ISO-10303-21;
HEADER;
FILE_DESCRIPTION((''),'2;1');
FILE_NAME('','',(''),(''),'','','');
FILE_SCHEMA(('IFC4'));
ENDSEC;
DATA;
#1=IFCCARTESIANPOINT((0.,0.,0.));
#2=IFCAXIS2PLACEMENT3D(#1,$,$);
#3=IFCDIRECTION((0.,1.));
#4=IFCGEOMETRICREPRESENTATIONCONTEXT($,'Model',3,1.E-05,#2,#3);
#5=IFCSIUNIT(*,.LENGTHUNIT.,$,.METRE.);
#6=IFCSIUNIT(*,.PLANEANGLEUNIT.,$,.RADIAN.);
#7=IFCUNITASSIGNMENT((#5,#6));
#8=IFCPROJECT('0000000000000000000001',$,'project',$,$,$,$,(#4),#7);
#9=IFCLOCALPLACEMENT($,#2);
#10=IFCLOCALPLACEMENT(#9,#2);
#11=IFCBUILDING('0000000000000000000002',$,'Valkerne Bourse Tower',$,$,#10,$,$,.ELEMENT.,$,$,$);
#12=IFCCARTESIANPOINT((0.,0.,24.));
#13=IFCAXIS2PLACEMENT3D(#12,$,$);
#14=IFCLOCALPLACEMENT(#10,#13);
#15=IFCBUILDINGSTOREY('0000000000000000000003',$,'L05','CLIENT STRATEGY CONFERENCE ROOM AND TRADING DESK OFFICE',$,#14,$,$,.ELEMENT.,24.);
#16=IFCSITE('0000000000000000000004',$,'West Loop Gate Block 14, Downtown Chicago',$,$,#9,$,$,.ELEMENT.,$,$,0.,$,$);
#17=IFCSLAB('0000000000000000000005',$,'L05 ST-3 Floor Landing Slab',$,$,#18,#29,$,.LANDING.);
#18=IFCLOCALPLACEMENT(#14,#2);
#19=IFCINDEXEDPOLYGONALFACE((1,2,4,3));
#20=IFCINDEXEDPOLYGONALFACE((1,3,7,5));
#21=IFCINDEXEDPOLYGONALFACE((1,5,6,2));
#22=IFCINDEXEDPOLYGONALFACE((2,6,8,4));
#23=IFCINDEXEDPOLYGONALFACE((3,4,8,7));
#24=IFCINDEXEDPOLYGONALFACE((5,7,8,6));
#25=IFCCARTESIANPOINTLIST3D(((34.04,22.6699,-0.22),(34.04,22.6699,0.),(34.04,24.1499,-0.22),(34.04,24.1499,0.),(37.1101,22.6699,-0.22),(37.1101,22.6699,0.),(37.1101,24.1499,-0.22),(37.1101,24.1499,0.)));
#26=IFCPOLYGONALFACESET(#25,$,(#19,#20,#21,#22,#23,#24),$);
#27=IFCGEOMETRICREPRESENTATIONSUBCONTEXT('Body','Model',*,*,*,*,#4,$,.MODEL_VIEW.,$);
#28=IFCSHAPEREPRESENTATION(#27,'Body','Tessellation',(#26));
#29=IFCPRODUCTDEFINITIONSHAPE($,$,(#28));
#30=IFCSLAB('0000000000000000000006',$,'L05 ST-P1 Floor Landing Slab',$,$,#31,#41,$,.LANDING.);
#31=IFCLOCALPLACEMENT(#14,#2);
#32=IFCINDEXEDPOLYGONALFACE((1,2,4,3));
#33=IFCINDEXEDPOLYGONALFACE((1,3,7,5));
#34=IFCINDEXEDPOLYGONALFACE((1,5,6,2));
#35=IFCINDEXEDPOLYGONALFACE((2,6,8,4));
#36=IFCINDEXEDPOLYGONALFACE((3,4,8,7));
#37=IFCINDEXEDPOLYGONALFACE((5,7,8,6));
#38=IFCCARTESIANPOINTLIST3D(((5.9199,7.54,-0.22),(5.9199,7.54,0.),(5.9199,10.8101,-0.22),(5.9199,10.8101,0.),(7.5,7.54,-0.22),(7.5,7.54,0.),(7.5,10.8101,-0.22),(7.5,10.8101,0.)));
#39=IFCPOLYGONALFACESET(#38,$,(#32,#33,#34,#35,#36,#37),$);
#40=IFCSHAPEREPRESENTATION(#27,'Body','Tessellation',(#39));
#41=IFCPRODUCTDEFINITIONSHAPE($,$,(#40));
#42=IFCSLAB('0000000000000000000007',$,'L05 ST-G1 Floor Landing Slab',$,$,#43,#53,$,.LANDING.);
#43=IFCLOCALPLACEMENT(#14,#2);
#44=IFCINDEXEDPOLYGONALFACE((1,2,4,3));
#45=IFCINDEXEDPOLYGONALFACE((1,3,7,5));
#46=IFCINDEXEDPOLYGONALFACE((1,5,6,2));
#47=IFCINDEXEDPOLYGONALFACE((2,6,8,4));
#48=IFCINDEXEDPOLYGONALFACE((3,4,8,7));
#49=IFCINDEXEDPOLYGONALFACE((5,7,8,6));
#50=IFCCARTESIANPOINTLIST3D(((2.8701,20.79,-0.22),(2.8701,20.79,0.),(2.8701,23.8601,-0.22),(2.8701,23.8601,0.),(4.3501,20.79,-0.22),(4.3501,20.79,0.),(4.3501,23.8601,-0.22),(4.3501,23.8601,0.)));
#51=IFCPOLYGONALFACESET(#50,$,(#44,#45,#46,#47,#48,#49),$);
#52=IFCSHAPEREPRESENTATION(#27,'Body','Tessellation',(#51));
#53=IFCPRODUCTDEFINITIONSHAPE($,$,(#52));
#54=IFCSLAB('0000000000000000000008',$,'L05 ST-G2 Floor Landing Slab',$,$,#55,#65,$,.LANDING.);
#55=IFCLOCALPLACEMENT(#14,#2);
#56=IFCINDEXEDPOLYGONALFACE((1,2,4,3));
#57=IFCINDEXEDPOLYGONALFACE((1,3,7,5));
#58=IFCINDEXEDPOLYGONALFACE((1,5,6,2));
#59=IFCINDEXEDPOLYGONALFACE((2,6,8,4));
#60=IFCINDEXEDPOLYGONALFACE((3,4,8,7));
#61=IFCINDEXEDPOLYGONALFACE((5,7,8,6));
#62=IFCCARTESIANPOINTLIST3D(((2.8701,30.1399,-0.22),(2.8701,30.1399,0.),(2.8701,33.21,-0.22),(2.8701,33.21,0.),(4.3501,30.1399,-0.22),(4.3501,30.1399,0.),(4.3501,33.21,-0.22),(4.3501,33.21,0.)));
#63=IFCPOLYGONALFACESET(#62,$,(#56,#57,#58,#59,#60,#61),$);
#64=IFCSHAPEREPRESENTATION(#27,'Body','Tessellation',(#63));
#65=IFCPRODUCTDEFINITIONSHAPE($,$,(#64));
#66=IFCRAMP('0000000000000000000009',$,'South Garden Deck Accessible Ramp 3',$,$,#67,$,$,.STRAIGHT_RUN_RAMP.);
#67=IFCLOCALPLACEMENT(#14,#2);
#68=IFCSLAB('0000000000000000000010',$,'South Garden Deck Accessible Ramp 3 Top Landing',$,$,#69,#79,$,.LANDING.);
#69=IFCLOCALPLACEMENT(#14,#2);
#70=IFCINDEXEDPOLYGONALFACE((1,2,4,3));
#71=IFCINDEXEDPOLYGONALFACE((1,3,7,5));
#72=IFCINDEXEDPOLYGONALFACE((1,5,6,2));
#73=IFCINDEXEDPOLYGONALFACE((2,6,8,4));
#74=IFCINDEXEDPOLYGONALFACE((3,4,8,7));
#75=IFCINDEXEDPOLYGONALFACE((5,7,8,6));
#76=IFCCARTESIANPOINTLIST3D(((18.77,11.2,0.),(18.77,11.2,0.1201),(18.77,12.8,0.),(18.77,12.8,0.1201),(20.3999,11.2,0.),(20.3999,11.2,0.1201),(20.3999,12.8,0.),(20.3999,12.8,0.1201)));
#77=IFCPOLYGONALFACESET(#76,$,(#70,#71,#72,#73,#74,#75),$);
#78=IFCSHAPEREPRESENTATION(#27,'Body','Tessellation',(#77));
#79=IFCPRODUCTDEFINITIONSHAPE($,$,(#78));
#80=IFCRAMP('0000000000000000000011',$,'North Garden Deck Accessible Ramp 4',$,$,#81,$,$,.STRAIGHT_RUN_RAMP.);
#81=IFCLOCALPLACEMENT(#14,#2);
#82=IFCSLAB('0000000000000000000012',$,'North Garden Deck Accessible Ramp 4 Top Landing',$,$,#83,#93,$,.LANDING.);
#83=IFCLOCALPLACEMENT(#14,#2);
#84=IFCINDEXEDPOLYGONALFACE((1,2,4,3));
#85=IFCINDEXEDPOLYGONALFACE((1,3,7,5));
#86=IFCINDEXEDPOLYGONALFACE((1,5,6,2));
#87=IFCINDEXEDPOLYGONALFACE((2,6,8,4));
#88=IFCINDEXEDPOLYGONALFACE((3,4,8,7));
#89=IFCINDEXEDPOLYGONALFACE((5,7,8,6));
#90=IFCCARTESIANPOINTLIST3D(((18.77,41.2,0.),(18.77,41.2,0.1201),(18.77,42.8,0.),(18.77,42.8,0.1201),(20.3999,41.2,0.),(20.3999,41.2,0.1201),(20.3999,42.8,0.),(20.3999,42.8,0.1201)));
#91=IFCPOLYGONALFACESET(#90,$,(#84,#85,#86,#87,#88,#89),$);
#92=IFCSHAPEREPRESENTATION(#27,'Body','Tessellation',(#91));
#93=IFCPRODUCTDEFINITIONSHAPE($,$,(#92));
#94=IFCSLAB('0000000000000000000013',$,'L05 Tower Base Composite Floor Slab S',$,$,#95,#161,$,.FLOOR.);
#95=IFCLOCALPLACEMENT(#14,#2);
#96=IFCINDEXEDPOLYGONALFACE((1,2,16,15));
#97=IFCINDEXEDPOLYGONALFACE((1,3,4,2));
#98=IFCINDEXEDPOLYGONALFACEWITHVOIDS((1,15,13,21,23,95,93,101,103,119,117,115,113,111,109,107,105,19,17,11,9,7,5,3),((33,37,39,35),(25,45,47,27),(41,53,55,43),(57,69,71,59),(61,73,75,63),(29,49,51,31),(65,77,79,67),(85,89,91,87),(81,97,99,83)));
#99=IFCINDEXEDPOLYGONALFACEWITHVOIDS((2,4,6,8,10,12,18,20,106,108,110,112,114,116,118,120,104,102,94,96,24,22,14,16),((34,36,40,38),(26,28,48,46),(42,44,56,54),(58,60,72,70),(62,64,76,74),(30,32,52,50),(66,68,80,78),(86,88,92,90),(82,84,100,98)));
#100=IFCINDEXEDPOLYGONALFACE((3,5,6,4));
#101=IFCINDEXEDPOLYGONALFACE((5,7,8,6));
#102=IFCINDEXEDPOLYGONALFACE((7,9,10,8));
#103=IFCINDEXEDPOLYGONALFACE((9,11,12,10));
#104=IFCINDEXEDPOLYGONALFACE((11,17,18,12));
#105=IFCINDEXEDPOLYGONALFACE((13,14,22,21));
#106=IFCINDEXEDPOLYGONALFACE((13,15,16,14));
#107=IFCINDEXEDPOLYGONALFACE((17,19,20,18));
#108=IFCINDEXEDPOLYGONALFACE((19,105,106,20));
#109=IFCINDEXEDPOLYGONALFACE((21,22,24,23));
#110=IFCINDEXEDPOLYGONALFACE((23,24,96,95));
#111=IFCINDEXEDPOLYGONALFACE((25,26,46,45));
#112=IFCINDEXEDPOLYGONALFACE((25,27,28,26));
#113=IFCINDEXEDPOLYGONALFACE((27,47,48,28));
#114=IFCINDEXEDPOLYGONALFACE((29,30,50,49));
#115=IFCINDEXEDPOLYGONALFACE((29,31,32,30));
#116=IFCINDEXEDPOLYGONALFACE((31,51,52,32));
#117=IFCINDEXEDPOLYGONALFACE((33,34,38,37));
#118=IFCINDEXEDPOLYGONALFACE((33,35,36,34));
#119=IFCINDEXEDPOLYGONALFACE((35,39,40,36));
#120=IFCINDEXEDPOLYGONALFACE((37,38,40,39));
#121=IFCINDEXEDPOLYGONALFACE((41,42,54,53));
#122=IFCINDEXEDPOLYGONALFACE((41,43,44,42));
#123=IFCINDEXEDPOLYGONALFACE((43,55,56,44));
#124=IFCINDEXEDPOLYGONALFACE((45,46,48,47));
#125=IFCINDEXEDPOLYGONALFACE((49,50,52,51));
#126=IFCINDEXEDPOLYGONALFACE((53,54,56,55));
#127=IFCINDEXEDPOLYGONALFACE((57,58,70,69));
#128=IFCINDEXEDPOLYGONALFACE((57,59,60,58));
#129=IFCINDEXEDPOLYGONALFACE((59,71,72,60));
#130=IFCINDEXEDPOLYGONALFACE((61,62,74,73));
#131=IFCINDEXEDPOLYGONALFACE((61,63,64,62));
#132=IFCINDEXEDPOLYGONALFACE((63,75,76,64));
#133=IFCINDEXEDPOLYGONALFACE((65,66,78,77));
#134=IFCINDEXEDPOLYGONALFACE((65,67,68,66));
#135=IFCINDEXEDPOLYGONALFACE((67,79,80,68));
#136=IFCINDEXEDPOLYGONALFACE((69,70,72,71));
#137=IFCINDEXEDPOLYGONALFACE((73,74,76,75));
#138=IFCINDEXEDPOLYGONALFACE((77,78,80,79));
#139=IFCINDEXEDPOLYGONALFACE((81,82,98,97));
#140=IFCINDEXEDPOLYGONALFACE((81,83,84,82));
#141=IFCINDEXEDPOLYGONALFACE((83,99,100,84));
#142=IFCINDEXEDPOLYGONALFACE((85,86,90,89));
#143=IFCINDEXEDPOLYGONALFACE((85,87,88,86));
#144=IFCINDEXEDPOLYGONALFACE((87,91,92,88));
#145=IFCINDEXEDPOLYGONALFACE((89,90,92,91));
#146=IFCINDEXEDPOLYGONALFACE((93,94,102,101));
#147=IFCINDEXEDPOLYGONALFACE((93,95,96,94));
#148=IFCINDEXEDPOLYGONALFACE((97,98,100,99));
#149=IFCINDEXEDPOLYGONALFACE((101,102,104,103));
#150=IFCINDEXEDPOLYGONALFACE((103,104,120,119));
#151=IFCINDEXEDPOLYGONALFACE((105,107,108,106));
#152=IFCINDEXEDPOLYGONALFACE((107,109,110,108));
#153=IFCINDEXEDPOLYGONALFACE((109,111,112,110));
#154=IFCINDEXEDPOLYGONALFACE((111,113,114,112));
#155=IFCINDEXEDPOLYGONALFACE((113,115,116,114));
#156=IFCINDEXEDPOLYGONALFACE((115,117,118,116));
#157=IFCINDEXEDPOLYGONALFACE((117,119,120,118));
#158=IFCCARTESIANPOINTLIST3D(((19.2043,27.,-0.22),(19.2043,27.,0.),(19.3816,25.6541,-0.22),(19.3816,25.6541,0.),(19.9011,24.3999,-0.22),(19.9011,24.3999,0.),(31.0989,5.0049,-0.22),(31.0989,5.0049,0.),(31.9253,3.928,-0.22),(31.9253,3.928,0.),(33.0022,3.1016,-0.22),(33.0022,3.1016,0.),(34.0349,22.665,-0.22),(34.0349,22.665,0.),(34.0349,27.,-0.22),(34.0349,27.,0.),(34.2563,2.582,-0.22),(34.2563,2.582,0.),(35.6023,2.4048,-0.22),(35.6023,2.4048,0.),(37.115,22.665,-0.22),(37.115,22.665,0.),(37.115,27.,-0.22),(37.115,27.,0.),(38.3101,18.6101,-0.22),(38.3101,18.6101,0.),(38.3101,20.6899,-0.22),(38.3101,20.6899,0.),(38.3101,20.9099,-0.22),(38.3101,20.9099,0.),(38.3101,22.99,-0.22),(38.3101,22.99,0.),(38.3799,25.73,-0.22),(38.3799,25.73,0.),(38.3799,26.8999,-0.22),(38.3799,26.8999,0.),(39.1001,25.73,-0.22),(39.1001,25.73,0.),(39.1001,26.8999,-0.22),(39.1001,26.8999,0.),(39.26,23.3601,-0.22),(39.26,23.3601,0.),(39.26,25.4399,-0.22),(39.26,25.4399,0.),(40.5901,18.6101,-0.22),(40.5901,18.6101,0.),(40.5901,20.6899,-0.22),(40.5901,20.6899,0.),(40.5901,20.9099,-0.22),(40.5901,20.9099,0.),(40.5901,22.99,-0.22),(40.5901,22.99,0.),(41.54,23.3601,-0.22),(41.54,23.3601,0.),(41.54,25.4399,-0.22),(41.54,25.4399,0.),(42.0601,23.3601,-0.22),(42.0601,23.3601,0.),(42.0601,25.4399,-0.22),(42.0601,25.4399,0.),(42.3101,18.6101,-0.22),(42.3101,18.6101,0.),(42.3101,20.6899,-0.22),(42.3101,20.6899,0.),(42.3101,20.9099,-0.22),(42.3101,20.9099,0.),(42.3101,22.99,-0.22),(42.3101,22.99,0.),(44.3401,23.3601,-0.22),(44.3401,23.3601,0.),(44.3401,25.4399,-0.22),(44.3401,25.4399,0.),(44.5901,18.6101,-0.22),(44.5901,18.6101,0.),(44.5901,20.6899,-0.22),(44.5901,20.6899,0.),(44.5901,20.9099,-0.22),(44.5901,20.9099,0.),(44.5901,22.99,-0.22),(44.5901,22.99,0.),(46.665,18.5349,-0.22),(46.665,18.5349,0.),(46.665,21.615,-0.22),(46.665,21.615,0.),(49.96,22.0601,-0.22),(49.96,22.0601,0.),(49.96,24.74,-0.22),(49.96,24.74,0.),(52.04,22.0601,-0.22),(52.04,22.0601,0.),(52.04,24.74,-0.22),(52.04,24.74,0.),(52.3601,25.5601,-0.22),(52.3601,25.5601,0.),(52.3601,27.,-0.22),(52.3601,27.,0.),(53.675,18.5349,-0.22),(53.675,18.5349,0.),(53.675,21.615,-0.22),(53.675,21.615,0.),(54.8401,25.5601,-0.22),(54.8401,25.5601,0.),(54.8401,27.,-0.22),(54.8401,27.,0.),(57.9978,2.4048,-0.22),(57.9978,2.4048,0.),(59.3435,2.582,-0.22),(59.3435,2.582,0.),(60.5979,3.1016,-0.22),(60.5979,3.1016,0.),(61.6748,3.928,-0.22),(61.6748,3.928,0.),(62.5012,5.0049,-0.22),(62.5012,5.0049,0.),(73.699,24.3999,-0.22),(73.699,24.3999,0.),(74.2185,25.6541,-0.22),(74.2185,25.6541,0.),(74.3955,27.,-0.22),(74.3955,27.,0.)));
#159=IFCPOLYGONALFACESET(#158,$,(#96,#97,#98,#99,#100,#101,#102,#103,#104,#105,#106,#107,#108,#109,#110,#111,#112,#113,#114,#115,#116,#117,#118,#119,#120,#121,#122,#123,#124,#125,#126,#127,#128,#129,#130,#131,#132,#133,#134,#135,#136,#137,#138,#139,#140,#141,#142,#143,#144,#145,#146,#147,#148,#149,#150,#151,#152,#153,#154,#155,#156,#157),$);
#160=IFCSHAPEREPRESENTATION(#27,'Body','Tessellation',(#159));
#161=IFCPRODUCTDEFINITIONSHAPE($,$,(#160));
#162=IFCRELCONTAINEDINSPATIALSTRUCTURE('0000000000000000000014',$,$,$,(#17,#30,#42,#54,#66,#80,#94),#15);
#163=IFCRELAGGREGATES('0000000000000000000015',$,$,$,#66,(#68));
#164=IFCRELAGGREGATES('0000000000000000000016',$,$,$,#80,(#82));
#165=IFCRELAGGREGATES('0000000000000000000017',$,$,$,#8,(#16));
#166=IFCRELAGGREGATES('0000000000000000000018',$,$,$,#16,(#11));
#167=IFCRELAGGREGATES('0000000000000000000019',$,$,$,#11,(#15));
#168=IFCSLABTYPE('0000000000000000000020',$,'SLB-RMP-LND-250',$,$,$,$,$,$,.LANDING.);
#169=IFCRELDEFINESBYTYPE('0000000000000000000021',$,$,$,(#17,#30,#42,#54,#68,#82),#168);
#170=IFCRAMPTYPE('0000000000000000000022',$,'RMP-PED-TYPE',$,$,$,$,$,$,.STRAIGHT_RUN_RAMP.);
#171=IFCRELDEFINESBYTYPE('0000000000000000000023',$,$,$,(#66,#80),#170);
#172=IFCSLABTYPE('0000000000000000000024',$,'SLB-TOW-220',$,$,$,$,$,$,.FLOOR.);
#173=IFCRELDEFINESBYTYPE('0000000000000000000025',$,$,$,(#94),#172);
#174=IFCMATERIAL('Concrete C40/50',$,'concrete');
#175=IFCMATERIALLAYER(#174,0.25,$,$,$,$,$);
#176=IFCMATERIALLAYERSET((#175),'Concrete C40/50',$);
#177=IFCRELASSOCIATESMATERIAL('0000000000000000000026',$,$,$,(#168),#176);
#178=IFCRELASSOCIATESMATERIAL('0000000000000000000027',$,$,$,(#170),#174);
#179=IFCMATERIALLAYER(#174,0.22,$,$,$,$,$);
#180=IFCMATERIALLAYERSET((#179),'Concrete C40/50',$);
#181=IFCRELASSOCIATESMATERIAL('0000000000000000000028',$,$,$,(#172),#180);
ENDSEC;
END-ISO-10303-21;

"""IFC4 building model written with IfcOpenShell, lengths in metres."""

from ifc_helpers import new_model, si_unit, direction, frame, origin, place, context, subcontext, project, spatial, polyline, outline, extrude, material, layer, layer_set, type_object, element, aggregate, save


model = new_model("IFC4")

# Units and contexts
model_context = context("Model", 3, precision=1e-05, world=origin(), true_north=direction((0.0, 1.0)))
body_context = subcontext(model_context, "Body", "Model", "MODEL_VIEW")
ifc_project = project(units=[si_unit("LENGTHUNIT", "METRE"), si_unit("PLANEANGLEUNIT", "RADIAN")], contexts=[model_context])

# Site, building, storey
site_placement = place(None, origin())
site = spatial("IfcSite", under=ifc_project, at=site_placement, Name="West Loop Gate Block 14, Downtown Chicago", CompositionType="ELEMENT", RefElevation=0.0)
building_placement = place(site_placement, origin())
building = spatial("IfcBuilding", under=site, at=building_placement, Name="Valkerne Bourse Tower", CompositionType="ELEMENT")
storey_placement = place(building_placement, frame((0.0, 0.0, 24.0)))
storey = spatial("IfcBuildingStorey", under=building, at=storey_placement, Name="L05", Description="CLIENT STRATEGY CONFERENCE ROOM AND TRADING DESK OFFICE", CompositionType="ELEMENT", Elevation=24.0)

# Slabs
ifc_material_1 = material(Name="Concrete C40/50", Category="concrete")
ifc_layer_1 = layer(ifc_material_1, 0.25)
ifc_layer_set_1 = layer_set([ifc_layer_1], Name="Concrete C40/50")
slab_type_1 = type_object("IfcSlabType", Name="SLB-RMP-LND-250", PredefinedType="LANDING", material=ifc_layer_set_1)
slab_1_placement = place(storey_placement, frame((0.0, 0.0, -0.22)))
element("IfcSlab", 1, at=slab_1_placement, inside=storey, type_object=slab_type_1, Name="L05 ST-3 Floor Landing Slab", PredefinedType="LANDING", context=body_context, shape_type="SweptSolid", body=[
    extrude(outline(polyline([(37.1101, 22.6699), (37.1101, 24.1499), (34.04, 24.1499), (34.04, 22.6699), (37.1101, 22.6699)])), origin(), (0.0, 0.0, 1.0), 0.22),
])
slab_2_placement = place(storey_placement, frame((0.0, 0.0, -0.22)))
element("IfcSlab", 2, at=slab_2_placement, inside=storey, type_object=slab_type_1, Name="L05 ST-P1 Floor Landing Slab", PredefinedType="LANDING", context=body_context, shape_type="SweptSolid", body=[
    extrude(outline(polyline([(5.9199, 7.54), (7.5, 7.54), (7.5, 10.8101), (5.9199, 10.8101), (5.9199, 7.54)])), origin(), (0.0, 0.0, 1.0), 0.22),
])
slab_3_placement = place(storey_placement, frame((0.0, 0.0, -0.22)))
element("IfcSlab", 3, at=slab_3_placement, inside=storey, type_object=slab_type_1, Name="L05 ST-G1 Floor Landing Slab", PredefinedType="LANDING", context=body_context, shape_type="SweptSolid", body=[
    extrude(outline(polyline([(2.8701, 20.79), (4.3501, 20.79), (4.3501, 23.8601), (2.8701, 23.8601), (2.8701, 20.79)])), origin(), (0.0, 0.0, 1.0), 0.22),
])
slab_4_placement = place(storey_placement, frame((0.0, 0.0, -0.22)))
element("IfcSlab", 4, at=slab_4_placement, inside=storey, type_object=slab_type_1, Name="L05 ST-G2 Floor Landing Slab", PredefinedType="LANDING", context=body_context, shape_type="SweptSolid", body=[
    extrude(outline(polyline([(2.8701, 30.1399), (4.3501, 30.1399), (4.3501, 33.21), (2.8701, 33.21), (2.8701, 30.1399)])), origin(), (0.0, 0.0, 1.0), 0.22),
])

# Ramps, slabs
ramp_type = type_object("IfcRampType", Name="RMP-PED-TYPE", PredefinedType="STRAIGHT_RUN_RAMP", material=ifc_material_1)
ramp_1_placement = place(storey_placement, origin())
ramp_1 = element("IfcRamp", 5, at=ramp_1_placement, inside=storey, type_object=ramp_type, Name="South Garden Deck Accessible Ramp 3", PredefinedType="STRAIGHT_RUN_RAMP")
slab_5_placement = place(storey_placement, origin())
slab_5 = element("IfcSlab", 6, at=slab_5_placement, type_object=slab_type_1, Name="South Garden Deck Accessible Ramp 3 Top Landing", PredefinedType="LANDING", context=body_context, shape_type="SweptSolid", body=[
    extrude(outline(polyline([(18.77, 11.2), (20.3999, 11.2), (20.3999, 12.8), (18.77, 12.8), (18.77, 11.2)])), origin(), (0.0, 0.0, 1.0), 0.1201),
])
aggregate(ramp_1, [slab_5])
ramp_2_placement = place(storey_placement, origin())
ramp_2 = element("IfcRamp", 7, at=ramp_2_placement, inside=storey, type_object=ramp_type, Name="North Garden Deck Accessible Ramp 4", PredefinedType="STRAIGHT_RUN_RAMP")
slab_6_placement = place(storey_placement, origin())
slab_6 = element("IfcSlab", 8, at=slab_6_placement, type_object=slab_type_1, Name="North Garden Deck Accessible Ramp 4 Top Landing", PredefinedType="LANDING", context=body_context, shape_type="SweptSolid", body=[
    extrude(outline(polyline([(18.77, 41.2), (20.3999, 41.2), (20.3999, 42.8), (18.77, 42.8), (18.77, 41.2)])), origin(), (0.0, 0.0, 1.0), 0.1201),
])
aggregate(ramp_2, [slab_6])

# Slab
ifc_layer_2 = layer(ifc_material_1, 0.22)
ifc_layer_set_2 = layer_set([ifc_layer_2], Name="Concrete C40/50")
slab_type_2 = type_object("IfcSlabType", Name="SLB-TOW-220", PredefinedType="FLOOR", material=ifc_layer_set_2)
slab_7_placement = place(storey_placement, frame((0.0, 0.0, -0.22)))
element("IfcSlab", 9, at=slab_7_placement, inside=storey, type_object=slab_type_2, Name="L05 Tower Base Composite Floor Slab S", PredefinedType="FLOOR", context=body_context, shape_type="SweptSolid", body=[
    extrude(outline(polyline([(61.6748, 3.928), (60.5979, 3.1016), (59.3435, 2.582), (57.9978, 2.4048), (35.6023, 2.4048), (34.2563, 2.582), (33.0022, 3.1016), (31.9253, 3.928), (31.0989, 5.0049), (19.9011, 24.3999), (19.3816, 25.6541), (19.2043, 27.0), (34.0349, 27.0), (34.0349, 22.665), (37.115, 22.665), (37.115, 27.0), (52.3601, 27.0), (52.3601, 25.5601), (54.8401, 25.5601), (54.8401, 27.0), (74.3955, 27.0), (74.2185, 25.6541), (73.699, 24.3999), (62.5012, 5.0049), (61.6748, 3.928)]), holes=[polyline([(40.5901, 20.6899), (38.3101, 20.6899), (38.3101, 18.6101), (40.5901, 18.6101), (40.5901, 20.6899)]), polyline([(40.5901, 22.99), (38.3101, 22.99), (38.3101, 20.9099), (40.5901, 20.9099), (40.5901, 22.99)]), polyline([(41.54, 23.3601), (41.54, 25.4399), (39.26, 25.4399), (39.26, 23.3601), (41.54, 23.3601)]), polyline([(39.1001, 25.73), (39.1001, 26.8999), (38.3799, 26.8999), (38.3799, 25.73), (39.1001, 25.73)]), polyline([(44.5901, 18.6101), (44.5901, 20.6899), (42.3101, 20.6899), (42.3101, 18.6101), (44.5901, 18.6101)]), polyline([(53.675, 18.5349), (53.675, 21.615), (46.665, 21.615), (46.665, 18.5349), (53.675, 18.5349)]), polyline([(44.5901, 22.99), (42.3101, 22.99), (42.3101, 20.9099), (44.5901, 20.9099), (44.5901, 22.99)]), polyline([(52.04, 22.0601), (52.04, 24.74), (49.96, 24.74), (49.96, 22.0601), (52.04, 22.0601)]), polyline([(44.3401, 23.3601), (44.3401, 25.4399), (42.0601, 25.4399), (42.0601, 23.3601), (44.3401, 23.3601)])]), origin(), (0.0, 0.0, 1.0), 0.22),
])

save(model, "model.ifc")
